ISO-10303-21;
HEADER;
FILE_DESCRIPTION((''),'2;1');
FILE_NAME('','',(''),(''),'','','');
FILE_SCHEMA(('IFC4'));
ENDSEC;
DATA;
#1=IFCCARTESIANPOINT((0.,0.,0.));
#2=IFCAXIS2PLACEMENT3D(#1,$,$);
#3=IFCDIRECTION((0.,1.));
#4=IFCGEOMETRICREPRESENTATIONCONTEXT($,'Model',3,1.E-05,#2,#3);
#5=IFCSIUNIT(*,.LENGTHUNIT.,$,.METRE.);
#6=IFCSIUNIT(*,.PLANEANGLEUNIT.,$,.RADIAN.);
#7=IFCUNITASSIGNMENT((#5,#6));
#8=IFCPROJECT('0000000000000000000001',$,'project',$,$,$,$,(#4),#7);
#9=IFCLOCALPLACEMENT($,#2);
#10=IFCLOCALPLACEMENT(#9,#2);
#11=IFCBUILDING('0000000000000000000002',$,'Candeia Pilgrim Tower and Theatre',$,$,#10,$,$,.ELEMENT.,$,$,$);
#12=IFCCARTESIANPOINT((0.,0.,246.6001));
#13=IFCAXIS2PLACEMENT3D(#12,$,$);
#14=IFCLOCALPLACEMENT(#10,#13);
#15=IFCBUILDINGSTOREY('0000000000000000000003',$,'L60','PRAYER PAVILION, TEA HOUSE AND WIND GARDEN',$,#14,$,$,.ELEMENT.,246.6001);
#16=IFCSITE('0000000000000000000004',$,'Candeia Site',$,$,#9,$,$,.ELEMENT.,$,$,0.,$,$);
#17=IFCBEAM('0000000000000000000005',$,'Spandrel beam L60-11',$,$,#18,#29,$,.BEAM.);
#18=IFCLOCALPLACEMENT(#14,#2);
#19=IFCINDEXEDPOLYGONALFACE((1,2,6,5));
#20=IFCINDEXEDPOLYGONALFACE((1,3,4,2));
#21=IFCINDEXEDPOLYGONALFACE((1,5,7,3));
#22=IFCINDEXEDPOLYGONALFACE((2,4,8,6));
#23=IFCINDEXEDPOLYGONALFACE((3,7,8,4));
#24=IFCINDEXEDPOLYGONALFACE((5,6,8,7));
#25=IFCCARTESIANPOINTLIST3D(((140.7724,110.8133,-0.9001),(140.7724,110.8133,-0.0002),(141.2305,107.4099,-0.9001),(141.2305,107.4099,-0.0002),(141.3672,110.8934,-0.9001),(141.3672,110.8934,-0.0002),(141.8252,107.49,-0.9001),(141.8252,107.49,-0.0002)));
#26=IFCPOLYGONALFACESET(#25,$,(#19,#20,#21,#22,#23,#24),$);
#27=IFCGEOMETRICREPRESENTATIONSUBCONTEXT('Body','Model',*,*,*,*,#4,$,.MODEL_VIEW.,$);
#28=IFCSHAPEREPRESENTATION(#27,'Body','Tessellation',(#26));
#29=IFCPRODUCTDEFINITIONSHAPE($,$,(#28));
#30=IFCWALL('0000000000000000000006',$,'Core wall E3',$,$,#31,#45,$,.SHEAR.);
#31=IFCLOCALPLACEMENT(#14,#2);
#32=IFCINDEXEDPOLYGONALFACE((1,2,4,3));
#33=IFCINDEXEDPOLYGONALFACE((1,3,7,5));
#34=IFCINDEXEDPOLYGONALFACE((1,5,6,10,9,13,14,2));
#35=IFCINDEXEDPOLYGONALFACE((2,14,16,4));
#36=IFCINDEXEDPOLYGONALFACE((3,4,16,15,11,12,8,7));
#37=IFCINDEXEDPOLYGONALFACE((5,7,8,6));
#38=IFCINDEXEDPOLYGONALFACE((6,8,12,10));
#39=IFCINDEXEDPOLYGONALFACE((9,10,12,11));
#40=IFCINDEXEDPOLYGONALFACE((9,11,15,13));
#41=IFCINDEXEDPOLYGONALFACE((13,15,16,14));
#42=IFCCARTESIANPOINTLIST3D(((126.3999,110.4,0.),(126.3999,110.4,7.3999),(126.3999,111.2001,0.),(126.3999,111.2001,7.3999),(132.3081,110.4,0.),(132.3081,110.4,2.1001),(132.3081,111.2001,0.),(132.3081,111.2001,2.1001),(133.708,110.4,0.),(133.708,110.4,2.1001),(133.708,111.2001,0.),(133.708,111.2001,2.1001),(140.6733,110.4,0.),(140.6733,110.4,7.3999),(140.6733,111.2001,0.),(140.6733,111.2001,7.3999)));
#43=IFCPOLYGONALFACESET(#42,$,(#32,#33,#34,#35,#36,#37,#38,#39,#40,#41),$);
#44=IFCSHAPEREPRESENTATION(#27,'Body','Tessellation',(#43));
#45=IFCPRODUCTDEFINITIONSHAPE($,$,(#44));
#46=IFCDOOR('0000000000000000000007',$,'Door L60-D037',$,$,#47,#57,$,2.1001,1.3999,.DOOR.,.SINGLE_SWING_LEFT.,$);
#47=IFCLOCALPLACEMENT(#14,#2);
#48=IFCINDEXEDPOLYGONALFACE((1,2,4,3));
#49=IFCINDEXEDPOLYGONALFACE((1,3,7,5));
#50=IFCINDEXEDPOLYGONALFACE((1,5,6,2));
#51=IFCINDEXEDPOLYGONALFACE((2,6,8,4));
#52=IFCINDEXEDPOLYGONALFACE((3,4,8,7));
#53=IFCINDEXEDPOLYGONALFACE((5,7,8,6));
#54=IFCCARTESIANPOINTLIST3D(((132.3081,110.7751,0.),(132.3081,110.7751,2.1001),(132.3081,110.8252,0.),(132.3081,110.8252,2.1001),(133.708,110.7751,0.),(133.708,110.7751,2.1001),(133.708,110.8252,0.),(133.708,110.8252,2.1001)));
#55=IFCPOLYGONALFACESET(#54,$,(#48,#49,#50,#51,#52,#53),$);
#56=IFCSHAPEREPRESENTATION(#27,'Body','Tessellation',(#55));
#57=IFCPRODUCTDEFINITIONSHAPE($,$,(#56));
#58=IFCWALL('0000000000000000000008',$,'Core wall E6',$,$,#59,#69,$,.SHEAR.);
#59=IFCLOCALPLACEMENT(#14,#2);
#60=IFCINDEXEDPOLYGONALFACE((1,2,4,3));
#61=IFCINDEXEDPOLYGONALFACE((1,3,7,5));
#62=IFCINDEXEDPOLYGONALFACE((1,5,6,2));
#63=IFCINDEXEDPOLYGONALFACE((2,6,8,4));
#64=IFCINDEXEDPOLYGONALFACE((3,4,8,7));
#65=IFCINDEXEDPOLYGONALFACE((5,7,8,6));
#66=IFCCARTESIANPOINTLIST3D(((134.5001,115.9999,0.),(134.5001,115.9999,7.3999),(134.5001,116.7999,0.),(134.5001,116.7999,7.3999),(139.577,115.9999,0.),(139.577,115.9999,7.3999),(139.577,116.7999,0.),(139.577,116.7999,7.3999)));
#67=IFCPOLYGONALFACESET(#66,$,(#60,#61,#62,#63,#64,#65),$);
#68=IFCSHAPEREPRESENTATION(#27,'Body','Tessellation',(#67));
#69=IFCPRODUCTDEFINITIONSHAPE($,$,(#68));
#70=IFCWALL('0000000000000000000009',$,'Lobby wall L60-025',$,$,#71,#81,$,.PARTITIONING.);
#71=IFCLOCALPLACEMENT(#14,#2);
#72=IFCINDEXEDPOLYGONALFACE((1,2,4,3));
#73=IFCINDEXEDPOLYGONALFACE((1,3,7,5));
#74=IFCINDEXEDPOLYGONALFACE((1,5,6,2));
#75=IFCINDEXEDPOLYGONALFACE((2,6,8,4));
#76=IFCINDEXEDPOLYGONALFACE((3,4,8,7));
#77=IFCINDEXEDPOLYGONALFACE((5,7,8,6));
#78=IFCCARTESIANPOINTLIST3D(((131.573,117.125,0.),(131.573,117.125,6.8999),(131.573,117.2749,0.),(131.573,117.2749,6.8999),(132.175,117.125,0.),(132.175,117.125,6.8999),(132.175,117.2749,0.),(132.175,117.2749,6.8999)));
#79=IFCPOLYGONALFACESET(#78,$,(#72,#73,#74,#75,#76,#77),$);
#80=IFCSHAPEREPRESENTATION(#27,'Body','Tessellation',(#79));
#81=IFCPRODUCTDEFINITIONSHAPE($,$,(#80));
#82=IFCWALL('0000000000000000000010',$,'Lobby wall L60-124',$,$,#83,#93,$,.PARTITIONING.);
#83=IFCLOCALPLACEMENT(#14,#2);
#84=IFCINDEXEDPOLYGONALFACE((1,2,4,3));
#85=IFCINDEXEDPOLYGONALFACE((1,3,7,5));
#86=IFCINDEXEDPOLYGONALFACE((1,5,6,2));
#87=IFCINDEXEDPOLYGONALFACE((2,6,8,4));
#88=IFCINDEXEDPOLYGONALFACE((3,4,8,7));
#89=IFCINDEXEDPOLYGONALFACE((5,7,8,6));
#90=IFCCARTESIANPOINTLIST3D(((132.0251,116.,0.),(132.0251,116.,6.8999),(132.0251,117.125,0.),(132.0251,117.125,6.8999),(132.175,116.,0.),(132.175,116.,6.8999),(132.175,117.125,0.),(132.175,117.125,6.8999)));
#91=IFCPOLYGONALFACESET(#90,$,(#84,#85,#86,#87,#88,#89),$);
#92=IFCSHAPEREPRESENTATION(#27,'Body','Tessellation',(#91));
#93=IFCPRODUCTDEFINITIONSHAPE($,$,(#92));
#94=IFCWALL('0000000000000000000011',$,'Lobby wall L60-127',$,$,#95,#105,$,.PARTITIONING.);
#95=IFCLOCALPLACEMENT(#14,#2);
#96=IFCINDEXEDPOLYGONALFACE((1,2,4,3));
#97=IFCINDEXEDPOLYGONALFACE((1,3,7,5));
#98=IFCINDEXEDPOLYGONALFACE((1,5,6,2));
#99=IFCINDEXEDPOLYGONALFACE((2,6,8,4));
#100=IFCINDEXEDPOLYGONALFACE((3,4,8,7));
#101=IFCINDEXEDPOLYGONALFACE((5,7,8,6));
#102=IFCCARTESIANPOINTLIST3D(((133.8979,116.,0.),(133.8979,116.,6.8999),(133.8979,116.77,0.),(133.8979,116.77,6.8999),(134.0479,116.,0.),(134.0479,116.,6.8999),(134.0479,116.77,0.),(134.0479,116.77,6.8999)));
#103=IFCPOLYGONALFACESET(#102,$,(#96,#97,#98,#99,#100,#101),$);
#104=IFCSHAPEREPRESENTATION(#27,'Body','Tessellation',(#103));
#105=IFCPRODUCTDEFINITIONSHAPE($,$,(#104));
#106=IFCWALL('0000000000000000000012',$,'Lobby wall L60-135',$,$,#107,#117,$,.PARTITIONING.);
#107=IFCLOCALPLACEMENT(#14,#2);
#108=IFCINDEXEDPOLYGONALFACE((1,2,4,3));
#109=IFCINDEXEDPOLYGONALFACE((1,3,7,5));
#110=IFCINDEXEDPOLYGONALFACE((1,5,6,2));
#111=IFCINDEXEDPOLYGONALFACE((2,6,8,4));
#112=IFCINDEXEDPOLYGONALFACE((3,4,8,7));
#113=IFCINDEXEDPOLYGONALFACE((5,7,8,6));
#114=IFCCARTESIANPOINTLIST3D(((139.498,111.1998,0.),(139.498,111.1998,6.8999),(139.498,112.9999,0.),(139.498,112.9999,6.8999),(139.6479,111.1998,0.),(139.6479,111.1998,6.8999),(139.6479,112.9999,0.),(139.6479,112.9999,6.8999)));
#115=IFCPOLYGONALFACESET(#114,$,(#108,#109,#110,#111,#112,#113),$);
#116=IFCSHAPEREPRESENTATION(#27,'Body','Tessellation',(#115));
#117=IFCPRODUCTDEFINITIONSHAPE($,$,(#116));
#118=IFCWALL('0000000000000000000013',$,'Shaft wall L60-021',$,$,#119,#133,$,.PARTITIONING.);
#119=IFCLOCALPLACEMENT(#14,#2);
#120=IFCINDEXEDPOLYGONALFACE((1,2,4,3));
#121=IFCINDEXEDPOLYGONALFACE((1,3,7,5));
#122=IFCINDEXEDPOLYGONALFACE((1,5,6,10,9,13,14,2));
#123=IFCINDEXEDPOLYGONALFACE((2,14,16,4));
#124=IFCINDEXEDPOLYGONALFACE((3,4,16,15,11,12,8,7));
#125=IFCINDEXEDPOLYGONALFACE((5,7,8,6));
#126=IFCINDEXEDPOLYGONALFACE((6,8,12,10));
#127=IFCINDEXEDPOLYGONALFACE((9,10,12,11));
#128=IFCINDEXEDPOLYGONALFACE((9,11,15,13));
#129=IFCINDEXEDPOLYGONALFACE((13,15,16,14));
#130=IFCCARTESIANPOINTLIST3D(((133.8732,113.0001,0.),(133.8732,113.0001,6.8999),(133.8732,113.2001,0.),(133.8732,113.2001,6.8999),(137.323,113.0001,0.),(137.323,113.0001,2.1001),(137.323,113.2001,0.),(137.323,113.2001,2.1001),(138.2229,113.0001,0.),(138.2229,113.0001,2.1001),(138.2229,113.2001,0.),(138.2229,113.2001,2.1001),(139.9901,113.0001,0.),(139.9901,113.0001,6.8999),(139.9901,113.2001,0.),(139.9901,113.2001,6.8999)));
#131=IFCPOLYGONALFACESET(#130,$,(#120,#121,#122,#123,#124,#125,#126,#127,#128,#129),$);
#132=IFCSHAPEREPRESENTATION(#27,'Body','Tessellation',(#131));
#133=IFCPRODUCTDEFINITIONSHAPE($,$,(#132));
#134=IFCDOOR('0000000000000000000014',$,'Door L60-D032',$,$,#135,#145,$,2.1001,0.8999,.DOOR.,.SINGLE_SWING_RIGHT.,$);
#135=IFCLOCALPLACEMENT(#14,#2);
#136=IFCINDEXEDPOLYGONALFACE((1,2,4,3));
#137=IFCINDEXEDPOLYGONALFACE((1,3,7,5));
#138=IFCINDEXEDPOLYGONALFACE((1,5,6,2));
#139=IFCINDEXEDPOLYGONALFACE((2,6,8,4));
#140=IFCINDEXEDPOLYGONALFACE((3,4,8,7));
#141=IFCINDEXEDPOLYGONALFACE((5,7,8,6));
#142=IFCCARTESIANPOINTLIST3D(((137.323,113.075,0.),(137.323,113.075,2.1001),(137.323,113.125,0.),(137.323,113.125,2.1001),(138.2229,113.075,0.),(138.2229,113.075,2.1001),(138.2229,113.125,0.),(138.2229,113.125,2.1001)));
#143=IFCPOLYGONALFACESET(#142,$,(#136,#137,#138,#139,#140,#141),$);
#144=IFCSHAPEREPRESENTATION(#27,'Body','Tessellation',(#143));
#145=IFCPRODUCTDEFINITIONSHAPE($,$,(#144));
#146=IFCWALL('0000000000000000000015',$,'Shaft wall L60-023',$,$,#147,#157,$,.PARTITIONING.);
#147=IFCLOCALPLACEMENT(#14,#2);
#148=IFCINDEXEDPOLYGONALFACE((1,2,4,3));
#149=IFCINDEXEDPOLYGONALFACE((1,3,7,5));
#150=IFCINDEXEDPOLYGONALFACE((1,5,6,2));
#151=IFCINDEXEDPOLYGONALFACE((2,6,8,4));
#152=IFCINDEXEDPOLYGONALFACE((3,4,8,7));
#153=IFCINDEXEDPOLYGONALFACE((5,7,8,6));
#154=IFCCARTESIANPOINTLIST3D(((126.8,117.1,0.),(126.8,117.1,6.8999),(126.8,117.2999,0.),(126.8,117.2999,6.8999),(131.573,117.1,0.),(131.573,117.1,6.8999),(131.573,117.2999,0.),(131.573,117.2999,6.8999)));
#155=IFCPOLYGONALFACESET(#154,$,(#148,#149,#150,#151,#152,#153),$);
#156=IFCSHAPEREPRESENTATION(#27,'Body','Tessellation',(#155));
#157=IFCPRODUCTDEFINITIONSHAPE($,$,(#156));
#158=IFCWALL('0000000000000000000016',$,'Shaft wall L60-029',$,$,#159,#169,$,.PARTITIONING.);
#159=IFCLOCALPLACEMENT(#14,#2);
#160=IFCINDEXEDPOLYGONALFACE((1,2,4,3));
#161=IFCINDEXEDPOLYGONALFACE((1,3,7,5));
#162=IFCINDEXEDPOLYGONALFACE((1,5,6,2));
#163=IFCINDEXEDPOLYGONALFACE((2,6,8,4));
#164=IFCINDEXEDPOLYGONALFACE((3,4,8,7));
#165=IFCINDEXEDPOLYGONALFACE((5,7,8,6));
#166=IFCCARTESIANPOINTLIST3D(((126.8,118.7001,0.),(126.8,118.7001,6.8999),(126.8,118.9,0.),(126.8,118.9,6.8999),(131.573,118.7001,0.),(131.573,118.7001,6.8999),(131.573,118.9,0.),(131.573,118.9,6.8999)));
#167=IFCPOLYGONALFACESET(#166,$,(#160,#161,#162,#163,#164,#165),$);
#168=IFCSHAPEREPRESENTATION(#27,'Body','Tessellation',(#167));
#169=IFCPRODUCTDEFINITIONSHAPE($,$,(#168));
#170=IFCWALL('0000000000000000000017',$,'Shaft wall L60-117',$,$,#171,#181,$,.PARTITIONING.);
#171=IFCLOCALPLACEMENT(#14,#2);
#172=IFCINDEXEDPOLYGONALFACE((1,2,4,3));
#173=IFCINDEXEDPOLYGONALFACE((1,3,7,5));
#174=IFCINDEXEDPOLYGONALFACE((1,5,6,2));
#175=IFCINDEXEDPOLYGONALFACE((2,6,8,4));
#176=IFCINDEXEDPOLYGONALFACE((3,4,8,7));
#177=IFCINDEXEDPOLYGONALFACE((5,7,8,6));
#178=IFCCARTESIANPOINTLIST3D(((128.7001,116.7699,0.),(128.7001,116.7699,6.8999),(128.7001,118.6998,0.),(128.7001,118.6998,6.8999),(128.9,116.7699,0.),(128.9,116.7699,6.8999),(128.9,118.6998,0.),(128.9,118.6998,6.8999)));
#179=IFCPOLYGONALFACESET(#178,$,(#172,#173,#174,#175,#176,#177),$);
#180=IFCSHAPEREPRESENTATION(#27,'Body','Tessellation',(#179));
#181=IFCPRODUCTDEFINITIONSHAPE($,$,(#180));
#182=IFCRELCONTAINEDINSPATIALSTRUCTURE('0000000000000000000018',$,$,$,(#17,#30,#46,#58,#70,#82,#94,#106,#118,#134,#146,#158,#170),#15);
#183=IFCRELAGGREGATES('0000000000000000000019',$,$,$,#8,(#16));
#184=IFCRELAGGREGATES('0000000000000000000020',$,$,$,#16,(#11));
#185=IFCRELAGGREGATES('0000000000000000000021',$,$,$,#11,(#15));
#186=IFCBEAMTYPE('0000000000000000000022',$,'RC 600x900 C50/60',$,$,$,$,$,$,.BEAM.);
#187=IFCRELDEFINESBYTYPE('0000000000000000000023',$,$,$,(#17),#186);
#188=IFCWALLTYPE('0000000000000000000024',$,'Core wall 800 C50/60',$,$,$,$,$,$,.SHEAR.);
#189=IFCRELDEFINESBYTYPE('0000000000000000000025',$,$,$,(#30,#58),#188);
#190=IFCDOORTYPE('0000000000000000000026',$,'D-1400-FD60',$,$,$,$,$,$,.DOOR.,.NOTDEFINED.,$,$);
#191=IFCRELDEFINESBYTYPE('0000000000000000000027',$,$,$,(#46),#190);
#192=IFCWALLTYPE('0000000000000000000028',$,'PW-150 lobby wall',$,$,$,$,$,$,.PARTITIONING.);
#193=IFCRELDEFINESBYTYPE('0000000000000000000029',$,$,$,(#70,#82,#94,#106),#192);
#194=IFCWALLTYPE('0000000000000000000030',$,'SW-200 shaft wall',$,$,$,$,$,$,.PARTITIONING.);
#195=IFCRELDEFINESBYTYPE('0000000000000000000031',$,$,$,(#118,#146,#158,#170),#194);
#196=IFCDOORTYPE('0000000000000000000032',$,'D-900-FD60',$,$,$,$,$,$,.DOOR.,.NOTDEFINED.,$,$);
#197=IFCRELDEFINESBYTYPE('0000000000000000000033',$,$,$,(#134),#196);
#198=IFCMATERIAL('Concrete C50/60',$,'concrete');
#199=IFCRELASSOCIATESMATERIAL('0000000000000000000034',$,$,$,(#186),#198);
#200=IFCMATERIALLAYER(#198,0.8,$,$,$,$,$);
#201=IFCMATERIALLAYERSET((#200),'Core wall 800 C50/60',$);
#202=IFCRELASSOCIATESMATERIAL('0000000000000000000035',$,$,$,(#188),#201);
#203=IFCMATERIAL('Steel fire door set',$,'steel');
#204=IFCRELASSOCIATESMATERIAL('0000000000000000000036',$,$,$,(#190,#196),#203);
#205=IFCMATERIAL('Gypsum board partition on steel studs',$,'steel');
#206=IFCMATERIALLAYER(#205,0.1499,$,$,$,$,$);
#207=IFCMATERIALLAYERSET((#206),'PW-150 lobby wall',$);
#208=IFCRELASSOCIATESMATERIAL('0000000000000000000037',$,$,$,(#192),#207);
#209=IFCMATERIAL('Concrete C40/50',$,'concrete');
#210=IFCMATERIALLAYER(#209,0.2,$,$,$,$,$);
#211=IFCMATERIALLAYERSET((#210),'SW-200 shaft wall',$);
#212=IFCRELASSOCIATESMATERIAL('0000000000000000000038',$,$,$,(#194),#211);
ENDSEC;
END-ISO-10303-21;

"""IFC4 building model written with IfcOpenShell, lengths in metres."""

from ifc_helpers import new_model, si_unit, direction, frame, frame_2d, origin, origin_2d, place, context, subcontext, project, spatial, rectangle, extrude, material, layer, layer_set, material_profile, profile_set, type_object, element, fill, save


model = new_model("IFC4")

# Units and contexts
model_context = context("Model", 3, precision=1e-05, world=origin(), true_north=direction((0.0, 1.0)))
body_context = subcontext(model_context, "Body", "Model", "MODEL_VIEW")
ifc_project = project(units=[si_unit("LENGTHUNIT", "METRE"), si_unit("PLANEANGLEUNIT", "RADIAN")], contexts=[model_context])

# Site, building, storey
site_placement = place(None, origin())
site = spatial("IfcSite", under=ifc_project, at=site_placement, Name="Candeia Site", CompositionType="ELEMENT", RefElevation=0.0)
building_placement = place(site_placement, origin())
building = spatial("IfcBuilding", under=site, at=building_placement, Name="Candeia Pilgrim Tower and Theatre", CompositionType="ELEMENT")
storey_placement = place(building_placement, frame((0.0, 0.0, 246.6001)))
storey = spatial("IfcBuildingStorey", under=building, at=storey_placement, Name="L60", Description="PRAYER PAVILION, TEA HOUSE AND WIND GARDEN", CompositionType="ELEMENT", Elevation=246.6001)

# Beam
ifc_material_1 = material(Name="Concrete C50/60", Category="concrete")
ifc_material_profile = material_profile(ifc_material_1, rectangle(XDim=0.6001, YDim=0.8999, at=origin_2d()))
ifc_profile_set = profile_set([ifc_material_profile], Name="Concrete C50/60")
beam_type = type_object("IfcBeamType", Name="RC 600x900 C50/60", PredefinedType="BEAM", material=ifc_profile_set)
beam_placement = place(storey_placement, frame((141.5278, 107.45, -0.4502), z_axis=(-0.133374, 0.991066, 0.0), x_axis=(-0.991066, -0.133374, 0.0)))
element("IfcBeam", 1, at=beam_placement, inside=storey, type_object=beam_type, Name="Spandrel beam L60-11", PredefinedType="BEAM", context=body_context, shape_type="SweptSolid", body=[
    extrude(rectangle(XDim=0.6001, YDim=0.8999, at=origin_2d()), origin(), (0.0, 0.0, 1.0), 3.4341),
])

# Wall, opening, door
ifc_layer_1 = layer(ifc_material_1, 0.8)
ifc_layer_set_1 = layer_set([ifc_layer_1], Name="Core wall 800 C50/60")
wall_type_1 = type_object("IfcWallType", Name="Core wall 800 C50/60", PredefinedType="SHEAR", material=ifc_layer_set_1)
wall_1_placement = place(storey_placement, frame((140.6733, 110.8, 0.0), z_axis=(0.0, 0.0, 1.0), x_axis=(-1.0, 0.0, 0.0)))
wall_1 = element("IfcWall", 2, at=wall_1_placement, inside=storey, type_object=wall_type_1, Name="Core wall E3", PredefinedType="SHEAR", context=body_context, shape_type="SweptSolid", body=[
    extrude(rectangle(XDim=14.2734, YDim=0.8, at=frame_2d((7.1367, 0.0))), origin(), (0.0, 0.0, 1.0), 7.3999),
])
opening_1_placement = place(wall_1_placement, frame((6.9653, 0.0, 0.0)))
opening_1 = element("IfcOpeningElement", 3, at=opening_1_placement, cuts=wall_1, PredefinedType="OPENING", context=body_context, shape_type="SweptSolid", body=[
    extrude(rectangle(XDim=1.3999, YDim=2.1001, at=frame_2d((0.7, 1.05))), frame((0.0, 0.4102, 0.0), z_axis=(0.0, -1.0, 0.0), x_axis=(1.0, 0.0, 0.0)), (0.0, 0.0, 1.0), 0.8201),
])
ifc_material_2 = material(Name="Steel fire door set", Category="steel")
door_type_1 = type_object("IfcDoorType", Name="D-1400-FD60", OperationType="NOTDEFINED", PredefinedType="DOOR", material=ifc_material_2)
door_1_placement = place(opening_1_placement, origin())
door_1 = element("IfcDoor", 4, at=door_1_placement, inside=storey, type_object=door_type_1, Name="Door L60-D037", OperationType="SINGLE_SWING_LEFT", OverallHeight=2.1001, OverallWidth=1.3999, PredefinedType="DOOR", context=body_context, shape_type="SweptSolid", body=[
    extrude(rectangle(XDim=1.3999, YDim=2.1001, at=frame_2d((0.7, 1.05))), frame((0.0, 0.0249, 0.0), z_axis=(0.0, -1.0, 0.0), x_axis=(1.0, 0.0, 0.0)), (0.0, 0.0, 1.0), 0.05),
])
fill(opening_1, door_1)

# Walls
wall_2_placement = place(storey_placement, frame((134.5, 116.3999, 0.0), z_axis=(0.0, 0.0, 1.0), x_axis=(1.0, 0.0, 0.0)))
element("IfcWall", 5, at=wall_2_placement, inside=storey, type_object=wall_type_1, Name="Core wall E6", PredefinedType="SHEAR", context=body_context, shape_type="SweptSolid", body=[
    extrude(rectangle(XDim=5.0769, YDim=0.8, at=frame_2d((2.5386, 0.0))), origin(), (0.0, 0.0, 1.0), 7.3999),
])
ifc_material_3 = material(Name="Gypsum board partition on steel studs", Category="steel")
ifc_layer_2 = layer(ifc_material_3, 0.1499)
ifc_layer_set_2 = layer_set([ifc_layer_2], Name="PW-150 lobby wall")
wall_type_2 = type_object("IfcWallType", Name="PW-150 lobby wall", PredefinedType="PARTITIONING", material=ifc_layer_set_2)
wall_3_placement = place(storey_placement, frame((131.573, 117.2, 0.0), z_axis=(0.0, 0.0, 1.0), x_axis=(1.0, 0.0, 0.0)))
element("IfcWall", 6, at=wall_3_placement, inside=storey, type_object=wall_type_2, Name="Lobby wall L60-025", PredefinedType="PARTITIONING", context=body_context, shape_type="SweptSolid", body=[
    extrude(rectangle(XDim=0.6021, YDim=0.1499, at=frame_2d((0.301, 0.0))), origin(), (0.0, 0.0, 1.0), 6.8999),
])
wall_4_placement = place(storey_placement, frame((132.1001, 116.0, 0.0), z_axis=(0.0, 0.0, 1.0), x_axis=(0.0, 1.0, 0.0)))
element("IfcWall", 7, at=wall_4_placement, inside=storey, type_object=wall_type_2, Name="Lobby wall L60-124", PredefinedType="PARTITIONING", context=body_context, shape_type="SweptSolid", body=[
    extrude(rectangle(XDim=1.125, YDim=0.1499, at=frame_2d((0.5625, 0.0))), origin(), (0.0, 0.0, 1.0), 6.8999),
])
wall_5_placement = place(storey_placement, frame((133.9729, 116.0, 0.0), z_axis=(0.0, 0.0, 1.0), x_axis=(0.0, 1.0, 0.0)))
element("IfcWall", 8, at=wall_5_placement, inside=storey, type_object=wall_type_2, Name="Lobby wall L60-127", PredefinedType="PARTITIONING", context=body_context, shape_type="SweptSolid", body=[
    extrude(rectangle(XDim=0.77, YDim=0.1499, at=frame_2d((0.385, 0.0))), origin(), (0.0, 0.0, 1.0), 6.8999),
])
wall_6_placement = place(storey_placement, frame((139.573, 111.2, 0.0), z_axis=(0.0, 0.0, 1.0), x_axis=(0.0, 1.0, 0.0)))
element("IfcWall", 9, at=wall_6_placement, inside=storey, type_object=wall_type_2, Name="Lobby wall L60-135", PredefinedType="PARTITIONING", context=body_context, shape_type="SweptSolid", body=[
    extrude(rectangle(XDim=1.8, YDim=0.1499, at=frame_2d((0.8999, 0.0))), origin(), (0.0, 0.0, 1.0), 6.8999),
])

# Wall, opening, door
ifc_material_4 = material(Name="Concrete C40/50", Category="concrete")
ifc_layer_3 = layer(ifc_material_4, 0.2)
ifc_layer_set_3 = layer_set([ifc_layer_3], Name="SW-200 shaft wall")
wall_type_3 = type_object("IfcWallType", Name="SW-200 shaft wall", PredefinedType="PARTITIONING", material=ifc_layer_set_3)
wall_7_placement = place(storey_placement, frame((133.873, 113.1001, 0.0), z_axis=(0.0, 0.0, 1.0), x_axis=(1.0, 0.0, 0.0)))
wall_7 = element("IfcWall", 10, at=wall_7_placement, inside=storey, type_object=wall_type_3, Name="Shaft wall L60-021", PredefinedType="PARTITIONING", context=body_context, shape_type="SweptSolid", body=[
    extrude(rectangle(XDim=6.1169, YDim=0.2, at=frame_2d((3.0586, 0.0))), origin(), (0.0, 0.0, 1.0), 6.8999),
])
opening_2_placement = place(wall_7_placement, frame((3.45, 0.0, 0.0)))
opening_2 = element("IfcOpeningElement", 11, at=opening_2_placement, cuts=wall_7, PredefinedType="OPENING", context=body_context, shape_type="SweptSolid", body=[
    extrude(rectangle(XDim=0.8999, YDim=2.1001, at=frame_2d((0.45, 1.05))), frame((0.0, 0.1099, 0.0), z_axis=(0.0, -1.0, 0.0), x_axis=(1.0, 0.0, 0.0)), (0.0, 0.0, 1.0), 0.22),
])
door_type_2 = type_object("IfcDoorType", Name="D-900-FD60", OperationType="NOTDEFINED", PredefinedType="DOOR", material=ifc_material_2)
door_2_placement = place(opening_2_placement, origin())
door_2 = element("IfcDoor", 12, at=door_2_placement, inside=storey, type_object=door_type_2, Name="Door L60-D032", OperationType="SINGLE_SWING_RIGHT", OverallHeight=2.1001, OverallWidth=0.8999, PredefinedType="DOOR", context=body_context, shape_type="SweptSolid", body=[
    extrude(rectangle(XDim=0.8999, YDim=2.1001, at=frame_2d((0.45, 1.05))), frame((0.0, 0.0249, 0.0), z_axis=(0.0, -1.0, 0.0), x_axis=(1.0, 0.0, 0.0)), (0.0, 0.0, 1.0), 0.05),
])
fill(opening_2, door_2)

# Walls
for number, where, z_axis, x_axis, name in (
    (13, (126.8, 117.2, 0.0), (0.0, 0.0, 1.0), (1.0, 0.0, 0.0), "Shaft wall L60-023"),
    (14, (126.8, 118.8, 0.0), (0.0, 0.0, 1.0), (1.0, 0.0, 0.0), "Shaft wall L60-029"),
):
    element("IfcWall", number, at=place(storey_placement, frame(where, z_axis=z_axis, x_axis=x_axis)), inside=storey, type_object=wall_type_3, Name=name, PredefinedType="PARTITIONING", context=body_context, shape_type="SweptSolid", body=[
        extrude(rectangle(XDim=4.7729, YDim=0.2, at=frame_2d((2.3865, 0.0))), origin(), (0.0, 0.0, 1.0), 6.8999),
    ])
wall_8_placement = place(storey_placement, frame((128.8, 116.77, 0.0), z_axis=(0.0, 0.0, 1.0), x_axis=(0.0, 1.0, 0.0)))
element("IfcWall", 15, at=wall_8_placement, inside=storey, type_object=wall_type_3, Name="Shaft wall L60-117", PredefinedType="PARTITIONING", context=body_context, shape_type="SweptSolid", body=[
    extrude(rectangle(XDim=1.9299, YDim=0.2, at=frame_2d((0.9648, 0.0))), origin(), (0.0, 0.0, 1.0), 6.8999),
])

save(model, "model.ifc")
